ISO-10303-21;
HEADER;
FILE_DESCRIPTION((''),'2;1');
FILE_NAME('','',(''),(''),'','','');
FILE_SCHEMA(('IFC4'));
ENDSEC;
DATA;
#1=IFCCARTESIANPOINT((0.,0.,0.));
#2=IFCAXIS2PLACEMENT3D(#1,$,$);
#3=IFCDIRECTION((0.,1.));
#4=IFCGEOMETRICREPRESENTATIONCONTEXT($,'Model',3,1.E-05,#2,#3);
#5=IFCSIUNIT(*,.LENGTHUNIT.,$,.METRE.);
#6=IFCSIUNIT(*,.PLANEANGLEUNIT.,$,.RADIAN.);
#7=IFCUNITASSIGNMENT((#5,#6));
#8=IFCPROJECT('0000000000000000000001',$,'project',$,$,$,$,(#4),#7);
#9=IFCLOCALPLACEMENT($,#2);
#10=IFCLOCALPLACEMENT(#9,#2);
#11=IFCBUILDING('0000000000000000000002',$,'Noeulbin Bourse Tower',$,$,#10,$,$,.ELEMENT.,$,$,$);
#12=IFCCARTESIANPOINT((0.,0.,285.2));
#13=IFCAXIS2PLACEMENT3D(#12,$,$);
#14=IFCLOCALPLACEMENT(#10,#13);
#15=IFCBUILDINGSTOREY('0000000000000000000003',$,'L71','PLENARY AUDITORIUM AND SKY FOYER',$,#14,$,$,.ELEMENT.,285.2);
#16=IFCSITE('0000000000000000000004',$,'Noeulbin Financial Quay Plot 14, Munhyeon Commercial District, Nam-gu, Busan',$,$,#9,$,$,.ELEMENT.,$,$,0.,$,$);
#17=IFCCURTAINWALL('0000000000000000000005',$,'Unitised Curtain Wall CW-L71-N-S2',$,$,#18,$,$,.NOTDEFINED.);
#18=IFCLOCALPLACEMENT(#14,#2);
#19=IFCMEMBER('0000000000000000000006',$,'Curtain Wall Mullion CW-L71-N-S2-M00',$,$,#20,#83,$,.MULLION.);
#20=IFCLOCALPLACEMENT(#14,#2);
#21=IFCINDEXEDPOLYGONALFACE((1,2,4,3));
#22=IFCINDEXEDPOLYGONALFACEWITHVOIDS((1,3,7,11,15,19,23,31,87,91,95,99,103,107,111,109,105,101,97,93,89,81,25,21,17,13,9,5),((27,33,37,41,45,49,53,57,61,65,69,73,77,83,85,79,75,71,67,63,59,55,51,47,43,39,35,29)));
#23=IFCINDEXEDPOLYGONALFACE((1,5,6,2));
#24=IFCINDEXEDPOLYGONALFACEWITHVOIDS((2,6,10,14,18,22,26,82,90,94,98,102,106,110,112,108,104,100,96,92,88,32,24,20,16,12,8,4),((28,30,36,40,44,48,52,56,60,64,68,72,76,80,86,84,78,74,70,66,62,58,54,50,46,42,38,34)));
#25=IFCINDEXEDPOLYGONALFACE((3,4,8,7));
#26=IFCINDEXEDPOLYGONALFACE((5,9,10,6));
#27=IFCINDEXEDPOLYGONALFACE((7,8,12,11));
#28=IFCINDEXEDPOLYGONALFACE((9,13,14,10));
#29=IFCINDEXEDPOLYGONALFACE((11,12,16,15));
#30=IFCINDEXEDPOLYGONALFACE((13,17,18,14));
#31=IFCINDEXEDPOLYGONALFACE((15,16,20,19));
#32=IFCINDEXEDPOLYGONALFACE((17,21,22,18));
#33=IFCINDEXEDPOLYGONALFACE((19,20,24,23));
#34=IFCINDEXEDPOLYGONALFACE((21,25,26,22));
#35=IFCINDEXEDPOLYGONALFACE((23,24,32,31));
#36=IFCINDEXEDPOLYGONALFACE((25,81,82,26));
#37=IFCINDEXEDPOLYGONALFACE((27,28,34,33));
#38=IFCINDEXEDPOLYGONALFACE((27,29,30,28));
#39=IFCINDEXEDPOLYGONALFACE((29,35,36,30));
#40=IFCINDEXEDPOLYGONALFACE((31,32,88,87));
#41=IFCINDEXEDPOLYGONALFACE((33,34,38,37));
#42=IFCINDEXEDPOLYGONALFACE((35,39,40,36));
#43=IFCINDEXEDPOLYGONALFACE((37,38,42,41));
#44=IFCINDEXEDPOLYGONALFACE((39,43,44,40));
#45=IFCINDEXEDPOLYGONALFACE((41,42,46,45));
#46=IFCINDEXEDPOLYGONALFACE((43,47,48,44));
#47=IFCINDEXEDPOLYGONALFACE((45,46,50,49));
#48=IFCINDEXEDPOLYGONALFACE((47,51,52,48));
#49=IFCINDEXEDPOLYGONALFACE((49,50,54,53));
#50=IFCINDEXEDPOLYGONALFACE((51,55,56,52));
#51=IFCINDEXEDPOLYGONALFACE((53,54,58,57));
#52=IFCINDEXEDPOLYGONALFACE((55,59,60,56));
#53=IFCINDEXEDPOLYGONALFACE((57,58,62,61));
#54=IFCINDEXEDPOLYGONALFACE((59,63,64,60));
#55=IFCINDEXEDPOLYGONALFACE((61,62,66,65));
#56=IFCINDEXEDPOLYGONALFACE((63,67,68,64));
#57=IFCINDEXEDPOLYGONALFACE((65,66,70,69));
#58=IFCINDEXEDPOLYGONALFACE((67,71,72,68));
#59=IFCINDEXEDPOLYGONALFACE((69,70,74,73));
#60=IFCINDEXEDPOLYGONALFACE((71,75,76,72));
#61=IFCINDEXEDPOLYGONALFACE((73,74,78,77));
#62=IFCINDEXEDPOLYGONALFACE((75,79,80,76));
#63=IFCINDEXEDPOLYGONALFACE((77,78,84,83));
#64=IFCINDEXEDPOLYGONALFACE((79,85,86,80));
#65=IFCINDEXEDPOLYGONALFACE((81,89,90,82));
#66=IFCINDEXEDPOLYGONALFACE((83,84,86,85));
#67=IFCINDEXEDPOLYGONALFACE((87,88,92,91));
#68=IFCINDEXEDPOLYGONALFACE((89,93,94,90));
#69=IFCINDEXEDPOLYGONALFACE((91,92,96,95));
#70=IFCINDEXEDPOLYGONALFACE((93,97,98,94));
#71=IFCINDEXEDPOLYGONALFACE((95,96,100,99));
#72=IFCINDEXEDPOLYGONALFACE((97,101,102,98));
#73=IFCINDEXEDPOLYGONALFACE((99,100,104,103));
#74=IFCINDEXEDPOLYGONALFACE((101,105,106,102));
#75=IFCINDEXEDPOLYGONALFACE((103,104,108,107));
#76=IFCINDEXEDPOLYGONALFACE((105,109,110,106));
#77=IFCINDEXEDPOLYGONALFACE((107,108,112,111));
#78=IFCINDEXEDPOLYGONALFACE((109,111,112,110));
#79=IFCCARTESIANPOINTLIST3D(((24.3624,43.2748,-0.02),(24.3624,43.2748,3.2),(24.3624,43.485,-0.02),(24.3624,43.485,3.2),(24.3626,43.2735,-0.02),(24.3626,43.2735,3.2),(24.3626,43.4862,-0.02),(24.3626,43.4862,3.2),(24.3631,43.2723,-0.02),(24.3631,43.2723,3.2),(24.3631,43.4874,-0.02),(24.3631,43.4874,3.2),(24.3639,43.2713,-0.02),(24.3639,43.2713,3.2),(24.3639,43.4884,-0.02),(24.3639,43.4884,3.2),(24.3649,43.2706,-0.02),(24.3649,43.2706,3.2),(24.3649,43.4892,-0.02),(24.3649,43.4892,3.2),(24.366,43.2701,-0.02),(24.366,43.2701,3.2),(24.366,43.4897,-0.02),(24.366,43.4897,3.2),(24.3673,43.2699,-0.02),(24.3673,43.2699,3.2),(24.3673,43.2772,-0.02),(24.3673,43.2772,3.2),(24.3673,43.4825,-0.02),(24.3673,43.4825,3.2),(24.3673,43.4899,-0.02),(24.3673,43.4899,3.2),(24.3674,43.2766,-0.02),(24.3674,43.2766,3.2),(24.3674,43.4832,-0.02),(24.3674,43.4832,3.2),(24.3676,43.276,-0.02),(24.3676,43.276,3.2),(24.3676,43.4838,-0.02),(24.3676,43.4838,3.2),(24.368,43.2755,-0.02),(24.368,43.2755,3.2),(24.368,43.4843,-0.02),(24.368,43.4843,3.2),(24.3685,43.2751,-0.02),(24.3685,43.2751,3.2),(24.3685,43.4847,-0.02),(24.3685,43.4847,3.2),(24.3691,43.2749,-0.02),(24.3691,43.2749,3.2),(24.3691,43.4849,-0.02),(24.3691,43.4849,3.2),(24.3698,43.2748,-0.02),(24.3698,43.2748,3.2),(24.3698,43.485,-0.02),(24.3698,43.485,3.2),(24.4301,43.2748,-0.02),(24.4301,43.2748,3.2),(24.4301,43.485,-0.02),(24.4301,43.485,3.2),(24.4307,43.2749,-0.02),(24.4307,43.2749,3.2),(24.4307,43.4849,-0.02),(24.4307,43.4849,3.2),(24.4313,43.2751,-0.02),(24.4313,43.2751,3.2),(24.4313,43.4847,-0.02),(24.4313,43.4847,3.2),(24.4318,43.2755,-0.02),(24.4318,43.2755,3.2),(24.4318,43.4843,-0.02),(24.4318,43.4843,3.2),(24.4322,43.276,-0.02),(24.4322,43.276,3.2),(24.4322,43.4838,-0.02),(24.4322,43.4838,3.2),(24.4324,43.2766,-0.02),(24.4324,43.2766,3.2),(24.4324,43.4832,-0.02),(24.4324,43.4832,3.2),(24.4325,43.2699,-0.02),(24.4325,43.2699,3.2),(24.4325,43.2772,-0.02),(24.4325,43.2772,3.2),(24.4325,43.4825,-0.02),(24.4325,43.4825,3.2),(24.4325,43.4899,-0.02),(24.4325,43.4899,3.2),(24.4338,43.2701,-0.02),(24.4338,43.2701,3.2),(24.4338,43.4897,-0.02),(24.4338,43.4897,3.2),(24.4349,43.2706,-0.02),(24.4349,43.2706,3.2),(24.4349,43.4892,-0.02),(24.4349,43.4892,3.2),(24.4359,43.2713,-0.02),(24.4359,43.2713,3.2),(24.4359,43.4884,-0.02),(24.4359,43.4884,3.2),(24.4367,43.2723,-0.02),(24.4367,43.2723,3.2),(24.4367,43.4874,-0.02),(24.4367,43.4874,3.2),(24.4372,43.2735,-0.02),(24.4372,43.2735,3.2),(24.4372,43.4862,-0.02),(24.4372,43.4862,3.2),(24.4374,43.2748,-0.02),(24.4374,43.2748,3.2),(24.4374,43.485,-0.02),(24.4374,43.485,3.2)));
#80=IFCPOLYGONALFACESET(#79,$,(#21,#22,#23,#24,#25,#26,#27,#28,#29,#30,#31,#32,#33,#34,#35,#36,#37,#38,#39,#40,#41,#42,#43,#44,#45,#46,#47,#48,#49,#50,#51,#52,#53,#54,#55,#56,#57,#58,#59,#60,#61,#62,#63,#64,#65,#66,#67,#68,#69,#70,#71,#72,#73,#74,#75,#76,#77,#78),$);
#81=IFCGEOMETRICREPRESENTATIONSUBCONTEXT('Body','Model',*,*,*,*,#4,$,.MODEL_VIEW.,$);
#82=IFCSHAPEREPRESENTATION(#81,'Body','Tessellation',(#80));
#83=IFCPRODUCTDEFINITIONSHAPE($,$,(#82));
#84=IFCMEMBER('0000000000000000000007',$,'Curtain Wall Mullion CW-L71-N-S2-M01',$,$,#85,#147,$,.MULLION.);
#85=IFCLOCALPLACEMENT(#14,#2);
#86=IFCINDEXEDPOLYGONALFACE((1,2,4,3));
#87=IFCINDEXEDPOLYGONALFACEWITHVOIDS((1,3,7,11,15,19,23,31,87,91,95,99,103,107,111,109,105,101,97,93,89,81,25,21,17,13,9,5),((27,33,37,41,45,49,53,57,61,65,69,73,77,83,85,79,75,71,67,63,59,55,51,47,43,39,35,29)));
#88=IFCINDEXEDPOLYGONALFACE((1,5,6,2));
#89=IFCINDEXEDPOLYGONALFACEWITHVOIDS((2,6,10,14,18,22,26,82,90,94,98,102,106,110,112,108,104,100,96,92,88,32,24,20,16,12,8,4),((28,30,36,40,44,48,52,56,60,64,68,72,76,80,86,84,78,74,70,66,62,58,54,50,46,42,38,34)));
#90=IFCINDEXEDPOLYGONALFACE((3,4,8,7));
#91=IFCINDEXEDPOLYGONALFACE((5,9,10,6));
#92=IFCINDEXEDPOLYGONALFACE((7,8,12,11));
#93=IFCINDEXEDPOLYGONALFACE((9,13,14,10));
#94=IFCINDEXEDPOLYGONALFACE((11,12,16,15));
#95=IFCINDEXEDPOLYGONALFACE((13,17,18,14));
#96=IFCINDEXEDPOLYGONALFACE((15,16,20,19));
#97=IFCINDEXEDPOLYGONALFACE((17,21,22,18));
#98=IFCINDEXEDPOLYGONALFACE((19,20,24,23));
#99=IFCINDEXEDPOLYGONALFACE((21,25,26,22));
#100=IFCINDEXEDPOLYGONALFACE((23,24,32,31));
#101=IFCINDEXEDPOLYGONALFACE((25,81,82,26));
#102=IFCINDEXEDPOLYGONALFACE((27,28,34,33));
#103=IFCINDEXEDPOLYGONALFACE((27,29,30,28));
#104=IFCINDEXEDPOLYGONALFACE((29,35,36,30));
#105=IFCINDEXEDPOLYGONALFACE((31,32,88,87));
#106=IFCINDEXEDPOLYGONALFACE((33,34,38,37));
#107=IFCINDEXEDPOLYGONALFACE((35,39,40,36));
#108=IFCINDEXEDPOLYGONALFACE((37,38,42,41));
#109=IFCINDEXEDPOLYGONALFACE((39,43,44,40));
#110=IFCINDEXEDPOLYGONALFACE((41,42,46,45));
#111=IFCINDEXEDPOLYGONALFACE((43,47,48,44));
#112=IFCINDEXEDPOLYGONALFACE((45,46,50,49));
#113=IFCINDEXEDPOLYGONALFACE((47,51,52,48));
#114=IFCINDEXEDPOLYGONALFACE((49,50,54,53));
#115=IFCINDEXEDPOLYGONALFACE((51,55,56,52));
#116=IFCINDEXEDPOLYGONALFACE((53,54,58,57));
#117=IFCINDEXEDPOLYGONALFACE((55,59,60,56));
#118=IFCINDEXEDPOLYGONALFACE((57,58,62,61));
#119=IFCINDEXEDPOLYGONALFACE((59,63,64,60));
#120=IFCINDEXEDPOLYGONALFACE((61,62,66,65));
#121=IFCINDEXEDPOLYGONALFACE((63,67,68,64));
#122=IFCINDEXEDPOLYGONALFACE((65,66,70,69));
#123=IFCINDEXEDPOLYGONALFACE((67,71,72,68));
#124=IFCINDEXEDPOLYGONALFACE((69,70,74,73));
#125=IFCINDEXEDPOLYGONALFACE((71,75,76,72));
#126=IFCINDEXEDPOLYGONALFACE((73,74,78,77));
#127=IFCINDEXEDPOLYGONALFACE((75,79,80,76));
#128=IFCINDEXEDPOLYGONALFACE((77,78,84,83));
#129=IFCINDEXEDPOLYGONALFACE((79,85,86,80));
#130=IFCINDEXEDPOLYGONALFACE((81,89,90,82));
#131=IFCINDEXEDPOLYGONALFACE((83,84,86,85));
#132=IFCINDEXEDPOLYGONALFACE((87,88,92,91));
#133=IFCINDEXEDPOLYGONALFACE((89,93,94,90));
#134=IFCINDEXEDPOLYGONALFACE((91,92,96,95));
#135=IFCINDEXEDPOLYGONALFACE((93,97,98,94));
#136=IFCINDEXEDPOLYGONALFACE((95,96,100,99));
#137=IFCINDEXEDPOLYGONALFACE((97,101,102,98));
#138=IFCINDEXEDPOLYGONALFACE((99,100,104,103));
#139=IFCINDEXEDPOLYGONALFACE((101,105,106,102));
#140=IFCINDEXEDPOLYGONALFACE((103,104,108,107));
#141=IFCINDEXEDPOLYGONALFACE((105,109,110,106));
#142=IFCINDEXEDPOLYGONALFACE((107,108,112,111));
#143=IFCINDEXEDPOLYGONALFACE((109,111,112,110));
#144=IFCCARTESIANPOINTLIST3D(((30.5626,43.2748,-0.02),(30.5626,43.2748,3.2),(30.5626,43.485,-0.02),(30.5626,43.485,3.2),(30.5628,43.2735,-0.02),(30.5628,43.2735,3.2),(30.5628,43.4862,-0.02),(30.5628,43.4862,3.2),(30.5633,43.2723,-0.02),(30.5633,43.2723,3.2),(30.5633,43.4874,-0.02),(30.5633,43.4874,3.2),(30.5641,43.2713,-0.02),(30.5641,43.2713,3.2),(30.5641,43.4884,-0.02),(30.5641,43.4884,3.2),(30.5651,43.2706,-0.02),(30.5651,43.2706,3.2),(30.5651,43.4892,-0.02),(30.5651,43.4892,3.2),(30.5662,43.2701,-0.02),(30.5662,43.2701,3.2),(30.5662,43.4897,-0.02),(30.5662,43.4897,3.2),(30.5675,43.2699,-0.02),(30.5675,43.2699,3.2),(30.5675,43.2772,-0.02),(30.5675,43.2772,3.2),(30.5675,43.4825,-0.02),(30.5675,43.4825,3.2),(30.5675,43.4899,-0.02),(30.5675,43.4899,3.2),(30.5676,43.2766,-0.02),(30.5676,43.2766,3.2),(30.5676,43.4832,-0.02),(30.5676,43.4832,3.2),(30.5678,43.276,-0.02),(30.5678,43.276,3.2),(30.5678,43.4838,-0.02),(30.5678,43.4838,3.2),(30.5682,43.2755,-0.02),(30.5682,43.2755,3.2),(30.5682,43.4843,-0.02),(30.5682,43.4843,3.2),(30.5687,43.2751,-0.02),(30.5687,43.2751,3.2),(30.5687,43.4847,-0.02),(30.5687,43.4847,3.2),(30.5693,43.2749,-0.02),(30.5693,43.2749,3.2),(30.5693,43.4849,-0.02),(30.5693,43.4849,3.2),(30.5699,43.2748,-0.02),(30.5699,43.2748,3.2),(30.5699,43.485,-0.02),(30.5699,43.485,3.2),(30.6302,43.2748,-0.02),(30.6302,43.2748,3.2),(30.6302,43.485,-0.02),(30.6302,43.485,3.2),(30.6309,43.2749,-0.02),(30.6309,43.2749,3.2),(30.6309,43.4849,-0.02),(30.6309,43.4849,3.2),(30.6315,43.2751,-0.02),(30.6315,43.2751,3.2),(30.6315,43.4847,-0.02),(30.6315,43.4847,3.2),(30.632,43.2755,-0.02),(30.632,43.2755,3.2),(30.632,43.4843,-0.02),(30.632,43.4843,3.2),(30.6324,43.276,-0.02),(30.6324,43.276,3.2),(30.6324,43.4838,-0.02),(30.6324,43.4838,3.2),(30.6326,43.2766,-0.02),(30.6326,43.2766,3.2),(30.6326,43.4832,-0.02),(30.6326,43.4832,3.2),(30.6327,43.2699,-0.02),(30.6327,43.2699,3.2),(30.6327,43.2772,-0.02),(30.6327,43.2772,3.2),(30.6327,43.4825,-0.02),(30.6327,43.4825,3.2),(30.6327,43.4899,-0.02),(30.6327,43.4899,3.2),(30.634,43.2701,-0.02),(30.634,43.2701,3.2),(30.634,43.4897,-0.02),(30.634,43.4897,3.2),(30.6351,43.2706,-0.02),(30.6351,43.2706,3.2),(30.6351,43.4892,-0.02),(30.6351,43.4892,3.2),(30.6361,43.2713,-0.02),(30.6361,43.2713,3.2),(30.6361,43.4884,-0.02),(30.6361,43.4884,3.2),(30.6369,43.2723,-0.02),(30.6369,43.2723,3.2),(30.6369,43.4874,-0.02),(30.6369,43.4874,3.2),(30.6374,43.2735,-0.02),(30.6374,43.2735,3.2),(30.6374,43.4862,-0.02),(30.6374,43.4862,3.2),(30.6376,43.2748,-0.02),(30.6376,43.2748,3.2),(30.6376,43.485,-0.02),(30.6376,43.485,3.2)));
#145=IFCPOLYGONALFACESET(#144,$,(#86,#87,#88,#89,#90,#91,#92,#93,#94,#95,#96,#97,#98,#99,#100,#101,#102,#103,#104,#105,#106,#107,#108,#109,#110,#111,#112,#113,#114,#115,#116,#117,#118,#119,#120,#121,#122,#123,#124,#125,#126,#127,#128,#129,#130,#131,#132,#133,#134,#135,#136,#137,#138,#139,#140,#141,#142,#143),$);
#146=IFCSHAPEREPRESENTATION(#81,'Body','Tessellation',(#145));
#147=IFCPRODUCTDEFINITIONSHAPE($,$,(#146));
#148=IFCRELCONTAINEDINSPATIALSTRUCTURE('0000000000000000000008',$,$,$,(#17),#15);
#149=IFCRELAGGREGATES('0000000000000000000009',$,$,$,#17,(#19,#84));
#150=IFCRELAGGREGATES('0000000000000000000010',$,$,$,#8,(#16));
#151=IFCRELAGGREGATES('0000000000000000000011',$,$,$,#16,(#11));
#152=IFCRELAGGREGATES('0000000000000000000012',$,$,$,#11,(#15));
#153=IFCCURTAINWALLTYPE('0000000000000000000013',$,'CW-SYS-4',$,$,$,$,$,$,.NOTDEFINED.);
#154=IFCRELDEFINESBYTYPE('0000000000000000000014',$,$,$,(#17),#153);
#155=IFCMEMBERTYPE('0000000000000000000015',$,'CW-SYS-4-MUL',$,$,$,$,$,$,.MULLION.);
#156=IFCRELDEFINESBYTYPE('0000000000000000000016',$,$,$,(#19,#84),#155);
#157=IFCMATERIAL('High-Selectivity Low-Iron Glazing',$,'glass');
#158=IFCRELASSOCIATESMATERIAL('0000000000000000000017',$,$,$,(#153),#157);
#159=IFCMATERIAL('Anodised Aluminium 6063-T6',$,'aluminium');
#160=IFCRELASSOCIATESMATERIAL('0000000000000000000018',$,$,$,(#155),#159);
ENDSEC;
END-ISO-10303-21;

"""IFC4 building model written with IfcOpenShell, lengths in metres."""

from ifc_helpers import new_model, si_unit, direction, frame, origin, origin_2d, place, context, subcontext, project, spatial, hollow_rectangle, extrude, material, material_profile, profile_set, type_object, element, aggregate, save


model = new_model("IFC4")

# Units and contexts
model_context = context("Model", 3, precision=1e-05, world=origin(), true_north=direction((0.0, 1.0)))
body_context = subcontext(model_context, "Body", "Model", "MODEL_VIEW")
ifc_project = project(units=[si_unit("LENGTHUNIT", "METRE"), si_unit("PLANEANGLEUNIT", "RADIAN")], contexts=[model_context])

# Site, building, storey
site_placement = place(None, origin())
site = spatial("IfcSite", under=ifc_project, at=site_placement, Name="Noeulbin Financial Quay Plot 14, Munhyeon Commercial District, Nam-gu, Busan", CompositionType="ELEMENT", RefElevation=0.0)
building_placement = place(site_placement, origin())
building = spatial("IfcBuilding", under=site, at=building_placement, Name="Noeulbin Bourse Tower", CompositionType="ELEMENT")
storey_placement = place(building_placement, frame((0.0, 0.0, 285.2)))
storey = spatial("IfcBuildingStorey", under=building, at=storey_placement, Name="L71", Description="PLENARY AUDITORIUM AND SKY FOYER", CompositionType="ELEMENT", Elevation=285.2)

# Curtain wall, members
ifc_material_1 = material(Name="High-Selectivity Low-Iron Glazing", Category="glass")
curtain_wall_type = type_object("IfcCurtainWallType", Name="CW-SYS-4", PredefinedType="NOTDEFINED", material=ifc_material_1)
ifc_material_2 = material(Name="Anodised Aluminium 6063-T6", Category="aluminium")
ifc_material_profile_1 = material_profile(ifc_material_2, hollow_rectangle(XDim=0.075, YDim=0.22, WallThickness=0.0049, InnerFilletRadius=0.0024, OuterFilletRadius=0.0049, at=origin_2d()), Name="ALU-MULL-75x220x5", Category="LoadBearing")
ifc_profile_set_1 = profile_set([ifc_material_profile_1], Name="Anodised Aluminium 6063-T6")
member_type_1 = type_object("IfcMemberType", Name="CW-SYS-4-MUL", PredefinedType="MULLION", material=ifc_profile_set_1)
curtain_wall_1_placement = place(storey_placement, origin())
curtain_wall_1 = element("IfcCurtainWall", 1, at=curtain_wall_1_placement, inside=storey, type_object=curtain_wall_type, Name="Unitised Curtain Wall CW-L71-N-S2", PredefinedType="NOTDEFINED")
member_1_placement = place(storey_placement, frame((24.3999, 43.3799, -0.02), z_axis=(0.0, 0.0, 1.0), x_axis=(1.0, 0.0, 0.0)))
member_1 = element("IfcMember", 2, at=member_1_placement, type_object=member_type_1, Name="Curtain Wall Mullion CW-L71-N-S2-M00", PredefinedType="MULLION", context=body_context, shape_type="SweptSolid", body=[
    extrude(hollow_rectangle(XDim=0.075, YDim=0.22, WallThickness=0.0049, InnerFilletRadius=0.0024, OuterFilletRadius=0.0049, at=origin_2d()), origin(), (0.0, 0.0, 1.0), 3.22),
])
member_2_placement = place(storey_placement, frame((30.6001, 43.3799, -0.02), z_axis=(0.0, 0.0, 1.0), x_axis=(1.0, 0.0, 0.0)))
member_2 = element("IfcMember", 3, at=member_2_placement, type_object=member_type_1, Name="Curtain Wall Mullion CW-L71-N-S2-M01", PredefinedType="MULLION", context=body_context, shape_type="SweptSolid", body=[
    extrude(hollow_rectangle(XDim=0.075, YDim=0.22, WallThickness=0.0049, InnerFilletRadius=0.0024, OuterFilletRadius=0.0049, at=origin_2d()), origin(), (0.0, 0.0, 1.0), 3.22),
])

aggregate(curtain_wall_1, [member_1, member_2])

save(model, "model.ifc")
